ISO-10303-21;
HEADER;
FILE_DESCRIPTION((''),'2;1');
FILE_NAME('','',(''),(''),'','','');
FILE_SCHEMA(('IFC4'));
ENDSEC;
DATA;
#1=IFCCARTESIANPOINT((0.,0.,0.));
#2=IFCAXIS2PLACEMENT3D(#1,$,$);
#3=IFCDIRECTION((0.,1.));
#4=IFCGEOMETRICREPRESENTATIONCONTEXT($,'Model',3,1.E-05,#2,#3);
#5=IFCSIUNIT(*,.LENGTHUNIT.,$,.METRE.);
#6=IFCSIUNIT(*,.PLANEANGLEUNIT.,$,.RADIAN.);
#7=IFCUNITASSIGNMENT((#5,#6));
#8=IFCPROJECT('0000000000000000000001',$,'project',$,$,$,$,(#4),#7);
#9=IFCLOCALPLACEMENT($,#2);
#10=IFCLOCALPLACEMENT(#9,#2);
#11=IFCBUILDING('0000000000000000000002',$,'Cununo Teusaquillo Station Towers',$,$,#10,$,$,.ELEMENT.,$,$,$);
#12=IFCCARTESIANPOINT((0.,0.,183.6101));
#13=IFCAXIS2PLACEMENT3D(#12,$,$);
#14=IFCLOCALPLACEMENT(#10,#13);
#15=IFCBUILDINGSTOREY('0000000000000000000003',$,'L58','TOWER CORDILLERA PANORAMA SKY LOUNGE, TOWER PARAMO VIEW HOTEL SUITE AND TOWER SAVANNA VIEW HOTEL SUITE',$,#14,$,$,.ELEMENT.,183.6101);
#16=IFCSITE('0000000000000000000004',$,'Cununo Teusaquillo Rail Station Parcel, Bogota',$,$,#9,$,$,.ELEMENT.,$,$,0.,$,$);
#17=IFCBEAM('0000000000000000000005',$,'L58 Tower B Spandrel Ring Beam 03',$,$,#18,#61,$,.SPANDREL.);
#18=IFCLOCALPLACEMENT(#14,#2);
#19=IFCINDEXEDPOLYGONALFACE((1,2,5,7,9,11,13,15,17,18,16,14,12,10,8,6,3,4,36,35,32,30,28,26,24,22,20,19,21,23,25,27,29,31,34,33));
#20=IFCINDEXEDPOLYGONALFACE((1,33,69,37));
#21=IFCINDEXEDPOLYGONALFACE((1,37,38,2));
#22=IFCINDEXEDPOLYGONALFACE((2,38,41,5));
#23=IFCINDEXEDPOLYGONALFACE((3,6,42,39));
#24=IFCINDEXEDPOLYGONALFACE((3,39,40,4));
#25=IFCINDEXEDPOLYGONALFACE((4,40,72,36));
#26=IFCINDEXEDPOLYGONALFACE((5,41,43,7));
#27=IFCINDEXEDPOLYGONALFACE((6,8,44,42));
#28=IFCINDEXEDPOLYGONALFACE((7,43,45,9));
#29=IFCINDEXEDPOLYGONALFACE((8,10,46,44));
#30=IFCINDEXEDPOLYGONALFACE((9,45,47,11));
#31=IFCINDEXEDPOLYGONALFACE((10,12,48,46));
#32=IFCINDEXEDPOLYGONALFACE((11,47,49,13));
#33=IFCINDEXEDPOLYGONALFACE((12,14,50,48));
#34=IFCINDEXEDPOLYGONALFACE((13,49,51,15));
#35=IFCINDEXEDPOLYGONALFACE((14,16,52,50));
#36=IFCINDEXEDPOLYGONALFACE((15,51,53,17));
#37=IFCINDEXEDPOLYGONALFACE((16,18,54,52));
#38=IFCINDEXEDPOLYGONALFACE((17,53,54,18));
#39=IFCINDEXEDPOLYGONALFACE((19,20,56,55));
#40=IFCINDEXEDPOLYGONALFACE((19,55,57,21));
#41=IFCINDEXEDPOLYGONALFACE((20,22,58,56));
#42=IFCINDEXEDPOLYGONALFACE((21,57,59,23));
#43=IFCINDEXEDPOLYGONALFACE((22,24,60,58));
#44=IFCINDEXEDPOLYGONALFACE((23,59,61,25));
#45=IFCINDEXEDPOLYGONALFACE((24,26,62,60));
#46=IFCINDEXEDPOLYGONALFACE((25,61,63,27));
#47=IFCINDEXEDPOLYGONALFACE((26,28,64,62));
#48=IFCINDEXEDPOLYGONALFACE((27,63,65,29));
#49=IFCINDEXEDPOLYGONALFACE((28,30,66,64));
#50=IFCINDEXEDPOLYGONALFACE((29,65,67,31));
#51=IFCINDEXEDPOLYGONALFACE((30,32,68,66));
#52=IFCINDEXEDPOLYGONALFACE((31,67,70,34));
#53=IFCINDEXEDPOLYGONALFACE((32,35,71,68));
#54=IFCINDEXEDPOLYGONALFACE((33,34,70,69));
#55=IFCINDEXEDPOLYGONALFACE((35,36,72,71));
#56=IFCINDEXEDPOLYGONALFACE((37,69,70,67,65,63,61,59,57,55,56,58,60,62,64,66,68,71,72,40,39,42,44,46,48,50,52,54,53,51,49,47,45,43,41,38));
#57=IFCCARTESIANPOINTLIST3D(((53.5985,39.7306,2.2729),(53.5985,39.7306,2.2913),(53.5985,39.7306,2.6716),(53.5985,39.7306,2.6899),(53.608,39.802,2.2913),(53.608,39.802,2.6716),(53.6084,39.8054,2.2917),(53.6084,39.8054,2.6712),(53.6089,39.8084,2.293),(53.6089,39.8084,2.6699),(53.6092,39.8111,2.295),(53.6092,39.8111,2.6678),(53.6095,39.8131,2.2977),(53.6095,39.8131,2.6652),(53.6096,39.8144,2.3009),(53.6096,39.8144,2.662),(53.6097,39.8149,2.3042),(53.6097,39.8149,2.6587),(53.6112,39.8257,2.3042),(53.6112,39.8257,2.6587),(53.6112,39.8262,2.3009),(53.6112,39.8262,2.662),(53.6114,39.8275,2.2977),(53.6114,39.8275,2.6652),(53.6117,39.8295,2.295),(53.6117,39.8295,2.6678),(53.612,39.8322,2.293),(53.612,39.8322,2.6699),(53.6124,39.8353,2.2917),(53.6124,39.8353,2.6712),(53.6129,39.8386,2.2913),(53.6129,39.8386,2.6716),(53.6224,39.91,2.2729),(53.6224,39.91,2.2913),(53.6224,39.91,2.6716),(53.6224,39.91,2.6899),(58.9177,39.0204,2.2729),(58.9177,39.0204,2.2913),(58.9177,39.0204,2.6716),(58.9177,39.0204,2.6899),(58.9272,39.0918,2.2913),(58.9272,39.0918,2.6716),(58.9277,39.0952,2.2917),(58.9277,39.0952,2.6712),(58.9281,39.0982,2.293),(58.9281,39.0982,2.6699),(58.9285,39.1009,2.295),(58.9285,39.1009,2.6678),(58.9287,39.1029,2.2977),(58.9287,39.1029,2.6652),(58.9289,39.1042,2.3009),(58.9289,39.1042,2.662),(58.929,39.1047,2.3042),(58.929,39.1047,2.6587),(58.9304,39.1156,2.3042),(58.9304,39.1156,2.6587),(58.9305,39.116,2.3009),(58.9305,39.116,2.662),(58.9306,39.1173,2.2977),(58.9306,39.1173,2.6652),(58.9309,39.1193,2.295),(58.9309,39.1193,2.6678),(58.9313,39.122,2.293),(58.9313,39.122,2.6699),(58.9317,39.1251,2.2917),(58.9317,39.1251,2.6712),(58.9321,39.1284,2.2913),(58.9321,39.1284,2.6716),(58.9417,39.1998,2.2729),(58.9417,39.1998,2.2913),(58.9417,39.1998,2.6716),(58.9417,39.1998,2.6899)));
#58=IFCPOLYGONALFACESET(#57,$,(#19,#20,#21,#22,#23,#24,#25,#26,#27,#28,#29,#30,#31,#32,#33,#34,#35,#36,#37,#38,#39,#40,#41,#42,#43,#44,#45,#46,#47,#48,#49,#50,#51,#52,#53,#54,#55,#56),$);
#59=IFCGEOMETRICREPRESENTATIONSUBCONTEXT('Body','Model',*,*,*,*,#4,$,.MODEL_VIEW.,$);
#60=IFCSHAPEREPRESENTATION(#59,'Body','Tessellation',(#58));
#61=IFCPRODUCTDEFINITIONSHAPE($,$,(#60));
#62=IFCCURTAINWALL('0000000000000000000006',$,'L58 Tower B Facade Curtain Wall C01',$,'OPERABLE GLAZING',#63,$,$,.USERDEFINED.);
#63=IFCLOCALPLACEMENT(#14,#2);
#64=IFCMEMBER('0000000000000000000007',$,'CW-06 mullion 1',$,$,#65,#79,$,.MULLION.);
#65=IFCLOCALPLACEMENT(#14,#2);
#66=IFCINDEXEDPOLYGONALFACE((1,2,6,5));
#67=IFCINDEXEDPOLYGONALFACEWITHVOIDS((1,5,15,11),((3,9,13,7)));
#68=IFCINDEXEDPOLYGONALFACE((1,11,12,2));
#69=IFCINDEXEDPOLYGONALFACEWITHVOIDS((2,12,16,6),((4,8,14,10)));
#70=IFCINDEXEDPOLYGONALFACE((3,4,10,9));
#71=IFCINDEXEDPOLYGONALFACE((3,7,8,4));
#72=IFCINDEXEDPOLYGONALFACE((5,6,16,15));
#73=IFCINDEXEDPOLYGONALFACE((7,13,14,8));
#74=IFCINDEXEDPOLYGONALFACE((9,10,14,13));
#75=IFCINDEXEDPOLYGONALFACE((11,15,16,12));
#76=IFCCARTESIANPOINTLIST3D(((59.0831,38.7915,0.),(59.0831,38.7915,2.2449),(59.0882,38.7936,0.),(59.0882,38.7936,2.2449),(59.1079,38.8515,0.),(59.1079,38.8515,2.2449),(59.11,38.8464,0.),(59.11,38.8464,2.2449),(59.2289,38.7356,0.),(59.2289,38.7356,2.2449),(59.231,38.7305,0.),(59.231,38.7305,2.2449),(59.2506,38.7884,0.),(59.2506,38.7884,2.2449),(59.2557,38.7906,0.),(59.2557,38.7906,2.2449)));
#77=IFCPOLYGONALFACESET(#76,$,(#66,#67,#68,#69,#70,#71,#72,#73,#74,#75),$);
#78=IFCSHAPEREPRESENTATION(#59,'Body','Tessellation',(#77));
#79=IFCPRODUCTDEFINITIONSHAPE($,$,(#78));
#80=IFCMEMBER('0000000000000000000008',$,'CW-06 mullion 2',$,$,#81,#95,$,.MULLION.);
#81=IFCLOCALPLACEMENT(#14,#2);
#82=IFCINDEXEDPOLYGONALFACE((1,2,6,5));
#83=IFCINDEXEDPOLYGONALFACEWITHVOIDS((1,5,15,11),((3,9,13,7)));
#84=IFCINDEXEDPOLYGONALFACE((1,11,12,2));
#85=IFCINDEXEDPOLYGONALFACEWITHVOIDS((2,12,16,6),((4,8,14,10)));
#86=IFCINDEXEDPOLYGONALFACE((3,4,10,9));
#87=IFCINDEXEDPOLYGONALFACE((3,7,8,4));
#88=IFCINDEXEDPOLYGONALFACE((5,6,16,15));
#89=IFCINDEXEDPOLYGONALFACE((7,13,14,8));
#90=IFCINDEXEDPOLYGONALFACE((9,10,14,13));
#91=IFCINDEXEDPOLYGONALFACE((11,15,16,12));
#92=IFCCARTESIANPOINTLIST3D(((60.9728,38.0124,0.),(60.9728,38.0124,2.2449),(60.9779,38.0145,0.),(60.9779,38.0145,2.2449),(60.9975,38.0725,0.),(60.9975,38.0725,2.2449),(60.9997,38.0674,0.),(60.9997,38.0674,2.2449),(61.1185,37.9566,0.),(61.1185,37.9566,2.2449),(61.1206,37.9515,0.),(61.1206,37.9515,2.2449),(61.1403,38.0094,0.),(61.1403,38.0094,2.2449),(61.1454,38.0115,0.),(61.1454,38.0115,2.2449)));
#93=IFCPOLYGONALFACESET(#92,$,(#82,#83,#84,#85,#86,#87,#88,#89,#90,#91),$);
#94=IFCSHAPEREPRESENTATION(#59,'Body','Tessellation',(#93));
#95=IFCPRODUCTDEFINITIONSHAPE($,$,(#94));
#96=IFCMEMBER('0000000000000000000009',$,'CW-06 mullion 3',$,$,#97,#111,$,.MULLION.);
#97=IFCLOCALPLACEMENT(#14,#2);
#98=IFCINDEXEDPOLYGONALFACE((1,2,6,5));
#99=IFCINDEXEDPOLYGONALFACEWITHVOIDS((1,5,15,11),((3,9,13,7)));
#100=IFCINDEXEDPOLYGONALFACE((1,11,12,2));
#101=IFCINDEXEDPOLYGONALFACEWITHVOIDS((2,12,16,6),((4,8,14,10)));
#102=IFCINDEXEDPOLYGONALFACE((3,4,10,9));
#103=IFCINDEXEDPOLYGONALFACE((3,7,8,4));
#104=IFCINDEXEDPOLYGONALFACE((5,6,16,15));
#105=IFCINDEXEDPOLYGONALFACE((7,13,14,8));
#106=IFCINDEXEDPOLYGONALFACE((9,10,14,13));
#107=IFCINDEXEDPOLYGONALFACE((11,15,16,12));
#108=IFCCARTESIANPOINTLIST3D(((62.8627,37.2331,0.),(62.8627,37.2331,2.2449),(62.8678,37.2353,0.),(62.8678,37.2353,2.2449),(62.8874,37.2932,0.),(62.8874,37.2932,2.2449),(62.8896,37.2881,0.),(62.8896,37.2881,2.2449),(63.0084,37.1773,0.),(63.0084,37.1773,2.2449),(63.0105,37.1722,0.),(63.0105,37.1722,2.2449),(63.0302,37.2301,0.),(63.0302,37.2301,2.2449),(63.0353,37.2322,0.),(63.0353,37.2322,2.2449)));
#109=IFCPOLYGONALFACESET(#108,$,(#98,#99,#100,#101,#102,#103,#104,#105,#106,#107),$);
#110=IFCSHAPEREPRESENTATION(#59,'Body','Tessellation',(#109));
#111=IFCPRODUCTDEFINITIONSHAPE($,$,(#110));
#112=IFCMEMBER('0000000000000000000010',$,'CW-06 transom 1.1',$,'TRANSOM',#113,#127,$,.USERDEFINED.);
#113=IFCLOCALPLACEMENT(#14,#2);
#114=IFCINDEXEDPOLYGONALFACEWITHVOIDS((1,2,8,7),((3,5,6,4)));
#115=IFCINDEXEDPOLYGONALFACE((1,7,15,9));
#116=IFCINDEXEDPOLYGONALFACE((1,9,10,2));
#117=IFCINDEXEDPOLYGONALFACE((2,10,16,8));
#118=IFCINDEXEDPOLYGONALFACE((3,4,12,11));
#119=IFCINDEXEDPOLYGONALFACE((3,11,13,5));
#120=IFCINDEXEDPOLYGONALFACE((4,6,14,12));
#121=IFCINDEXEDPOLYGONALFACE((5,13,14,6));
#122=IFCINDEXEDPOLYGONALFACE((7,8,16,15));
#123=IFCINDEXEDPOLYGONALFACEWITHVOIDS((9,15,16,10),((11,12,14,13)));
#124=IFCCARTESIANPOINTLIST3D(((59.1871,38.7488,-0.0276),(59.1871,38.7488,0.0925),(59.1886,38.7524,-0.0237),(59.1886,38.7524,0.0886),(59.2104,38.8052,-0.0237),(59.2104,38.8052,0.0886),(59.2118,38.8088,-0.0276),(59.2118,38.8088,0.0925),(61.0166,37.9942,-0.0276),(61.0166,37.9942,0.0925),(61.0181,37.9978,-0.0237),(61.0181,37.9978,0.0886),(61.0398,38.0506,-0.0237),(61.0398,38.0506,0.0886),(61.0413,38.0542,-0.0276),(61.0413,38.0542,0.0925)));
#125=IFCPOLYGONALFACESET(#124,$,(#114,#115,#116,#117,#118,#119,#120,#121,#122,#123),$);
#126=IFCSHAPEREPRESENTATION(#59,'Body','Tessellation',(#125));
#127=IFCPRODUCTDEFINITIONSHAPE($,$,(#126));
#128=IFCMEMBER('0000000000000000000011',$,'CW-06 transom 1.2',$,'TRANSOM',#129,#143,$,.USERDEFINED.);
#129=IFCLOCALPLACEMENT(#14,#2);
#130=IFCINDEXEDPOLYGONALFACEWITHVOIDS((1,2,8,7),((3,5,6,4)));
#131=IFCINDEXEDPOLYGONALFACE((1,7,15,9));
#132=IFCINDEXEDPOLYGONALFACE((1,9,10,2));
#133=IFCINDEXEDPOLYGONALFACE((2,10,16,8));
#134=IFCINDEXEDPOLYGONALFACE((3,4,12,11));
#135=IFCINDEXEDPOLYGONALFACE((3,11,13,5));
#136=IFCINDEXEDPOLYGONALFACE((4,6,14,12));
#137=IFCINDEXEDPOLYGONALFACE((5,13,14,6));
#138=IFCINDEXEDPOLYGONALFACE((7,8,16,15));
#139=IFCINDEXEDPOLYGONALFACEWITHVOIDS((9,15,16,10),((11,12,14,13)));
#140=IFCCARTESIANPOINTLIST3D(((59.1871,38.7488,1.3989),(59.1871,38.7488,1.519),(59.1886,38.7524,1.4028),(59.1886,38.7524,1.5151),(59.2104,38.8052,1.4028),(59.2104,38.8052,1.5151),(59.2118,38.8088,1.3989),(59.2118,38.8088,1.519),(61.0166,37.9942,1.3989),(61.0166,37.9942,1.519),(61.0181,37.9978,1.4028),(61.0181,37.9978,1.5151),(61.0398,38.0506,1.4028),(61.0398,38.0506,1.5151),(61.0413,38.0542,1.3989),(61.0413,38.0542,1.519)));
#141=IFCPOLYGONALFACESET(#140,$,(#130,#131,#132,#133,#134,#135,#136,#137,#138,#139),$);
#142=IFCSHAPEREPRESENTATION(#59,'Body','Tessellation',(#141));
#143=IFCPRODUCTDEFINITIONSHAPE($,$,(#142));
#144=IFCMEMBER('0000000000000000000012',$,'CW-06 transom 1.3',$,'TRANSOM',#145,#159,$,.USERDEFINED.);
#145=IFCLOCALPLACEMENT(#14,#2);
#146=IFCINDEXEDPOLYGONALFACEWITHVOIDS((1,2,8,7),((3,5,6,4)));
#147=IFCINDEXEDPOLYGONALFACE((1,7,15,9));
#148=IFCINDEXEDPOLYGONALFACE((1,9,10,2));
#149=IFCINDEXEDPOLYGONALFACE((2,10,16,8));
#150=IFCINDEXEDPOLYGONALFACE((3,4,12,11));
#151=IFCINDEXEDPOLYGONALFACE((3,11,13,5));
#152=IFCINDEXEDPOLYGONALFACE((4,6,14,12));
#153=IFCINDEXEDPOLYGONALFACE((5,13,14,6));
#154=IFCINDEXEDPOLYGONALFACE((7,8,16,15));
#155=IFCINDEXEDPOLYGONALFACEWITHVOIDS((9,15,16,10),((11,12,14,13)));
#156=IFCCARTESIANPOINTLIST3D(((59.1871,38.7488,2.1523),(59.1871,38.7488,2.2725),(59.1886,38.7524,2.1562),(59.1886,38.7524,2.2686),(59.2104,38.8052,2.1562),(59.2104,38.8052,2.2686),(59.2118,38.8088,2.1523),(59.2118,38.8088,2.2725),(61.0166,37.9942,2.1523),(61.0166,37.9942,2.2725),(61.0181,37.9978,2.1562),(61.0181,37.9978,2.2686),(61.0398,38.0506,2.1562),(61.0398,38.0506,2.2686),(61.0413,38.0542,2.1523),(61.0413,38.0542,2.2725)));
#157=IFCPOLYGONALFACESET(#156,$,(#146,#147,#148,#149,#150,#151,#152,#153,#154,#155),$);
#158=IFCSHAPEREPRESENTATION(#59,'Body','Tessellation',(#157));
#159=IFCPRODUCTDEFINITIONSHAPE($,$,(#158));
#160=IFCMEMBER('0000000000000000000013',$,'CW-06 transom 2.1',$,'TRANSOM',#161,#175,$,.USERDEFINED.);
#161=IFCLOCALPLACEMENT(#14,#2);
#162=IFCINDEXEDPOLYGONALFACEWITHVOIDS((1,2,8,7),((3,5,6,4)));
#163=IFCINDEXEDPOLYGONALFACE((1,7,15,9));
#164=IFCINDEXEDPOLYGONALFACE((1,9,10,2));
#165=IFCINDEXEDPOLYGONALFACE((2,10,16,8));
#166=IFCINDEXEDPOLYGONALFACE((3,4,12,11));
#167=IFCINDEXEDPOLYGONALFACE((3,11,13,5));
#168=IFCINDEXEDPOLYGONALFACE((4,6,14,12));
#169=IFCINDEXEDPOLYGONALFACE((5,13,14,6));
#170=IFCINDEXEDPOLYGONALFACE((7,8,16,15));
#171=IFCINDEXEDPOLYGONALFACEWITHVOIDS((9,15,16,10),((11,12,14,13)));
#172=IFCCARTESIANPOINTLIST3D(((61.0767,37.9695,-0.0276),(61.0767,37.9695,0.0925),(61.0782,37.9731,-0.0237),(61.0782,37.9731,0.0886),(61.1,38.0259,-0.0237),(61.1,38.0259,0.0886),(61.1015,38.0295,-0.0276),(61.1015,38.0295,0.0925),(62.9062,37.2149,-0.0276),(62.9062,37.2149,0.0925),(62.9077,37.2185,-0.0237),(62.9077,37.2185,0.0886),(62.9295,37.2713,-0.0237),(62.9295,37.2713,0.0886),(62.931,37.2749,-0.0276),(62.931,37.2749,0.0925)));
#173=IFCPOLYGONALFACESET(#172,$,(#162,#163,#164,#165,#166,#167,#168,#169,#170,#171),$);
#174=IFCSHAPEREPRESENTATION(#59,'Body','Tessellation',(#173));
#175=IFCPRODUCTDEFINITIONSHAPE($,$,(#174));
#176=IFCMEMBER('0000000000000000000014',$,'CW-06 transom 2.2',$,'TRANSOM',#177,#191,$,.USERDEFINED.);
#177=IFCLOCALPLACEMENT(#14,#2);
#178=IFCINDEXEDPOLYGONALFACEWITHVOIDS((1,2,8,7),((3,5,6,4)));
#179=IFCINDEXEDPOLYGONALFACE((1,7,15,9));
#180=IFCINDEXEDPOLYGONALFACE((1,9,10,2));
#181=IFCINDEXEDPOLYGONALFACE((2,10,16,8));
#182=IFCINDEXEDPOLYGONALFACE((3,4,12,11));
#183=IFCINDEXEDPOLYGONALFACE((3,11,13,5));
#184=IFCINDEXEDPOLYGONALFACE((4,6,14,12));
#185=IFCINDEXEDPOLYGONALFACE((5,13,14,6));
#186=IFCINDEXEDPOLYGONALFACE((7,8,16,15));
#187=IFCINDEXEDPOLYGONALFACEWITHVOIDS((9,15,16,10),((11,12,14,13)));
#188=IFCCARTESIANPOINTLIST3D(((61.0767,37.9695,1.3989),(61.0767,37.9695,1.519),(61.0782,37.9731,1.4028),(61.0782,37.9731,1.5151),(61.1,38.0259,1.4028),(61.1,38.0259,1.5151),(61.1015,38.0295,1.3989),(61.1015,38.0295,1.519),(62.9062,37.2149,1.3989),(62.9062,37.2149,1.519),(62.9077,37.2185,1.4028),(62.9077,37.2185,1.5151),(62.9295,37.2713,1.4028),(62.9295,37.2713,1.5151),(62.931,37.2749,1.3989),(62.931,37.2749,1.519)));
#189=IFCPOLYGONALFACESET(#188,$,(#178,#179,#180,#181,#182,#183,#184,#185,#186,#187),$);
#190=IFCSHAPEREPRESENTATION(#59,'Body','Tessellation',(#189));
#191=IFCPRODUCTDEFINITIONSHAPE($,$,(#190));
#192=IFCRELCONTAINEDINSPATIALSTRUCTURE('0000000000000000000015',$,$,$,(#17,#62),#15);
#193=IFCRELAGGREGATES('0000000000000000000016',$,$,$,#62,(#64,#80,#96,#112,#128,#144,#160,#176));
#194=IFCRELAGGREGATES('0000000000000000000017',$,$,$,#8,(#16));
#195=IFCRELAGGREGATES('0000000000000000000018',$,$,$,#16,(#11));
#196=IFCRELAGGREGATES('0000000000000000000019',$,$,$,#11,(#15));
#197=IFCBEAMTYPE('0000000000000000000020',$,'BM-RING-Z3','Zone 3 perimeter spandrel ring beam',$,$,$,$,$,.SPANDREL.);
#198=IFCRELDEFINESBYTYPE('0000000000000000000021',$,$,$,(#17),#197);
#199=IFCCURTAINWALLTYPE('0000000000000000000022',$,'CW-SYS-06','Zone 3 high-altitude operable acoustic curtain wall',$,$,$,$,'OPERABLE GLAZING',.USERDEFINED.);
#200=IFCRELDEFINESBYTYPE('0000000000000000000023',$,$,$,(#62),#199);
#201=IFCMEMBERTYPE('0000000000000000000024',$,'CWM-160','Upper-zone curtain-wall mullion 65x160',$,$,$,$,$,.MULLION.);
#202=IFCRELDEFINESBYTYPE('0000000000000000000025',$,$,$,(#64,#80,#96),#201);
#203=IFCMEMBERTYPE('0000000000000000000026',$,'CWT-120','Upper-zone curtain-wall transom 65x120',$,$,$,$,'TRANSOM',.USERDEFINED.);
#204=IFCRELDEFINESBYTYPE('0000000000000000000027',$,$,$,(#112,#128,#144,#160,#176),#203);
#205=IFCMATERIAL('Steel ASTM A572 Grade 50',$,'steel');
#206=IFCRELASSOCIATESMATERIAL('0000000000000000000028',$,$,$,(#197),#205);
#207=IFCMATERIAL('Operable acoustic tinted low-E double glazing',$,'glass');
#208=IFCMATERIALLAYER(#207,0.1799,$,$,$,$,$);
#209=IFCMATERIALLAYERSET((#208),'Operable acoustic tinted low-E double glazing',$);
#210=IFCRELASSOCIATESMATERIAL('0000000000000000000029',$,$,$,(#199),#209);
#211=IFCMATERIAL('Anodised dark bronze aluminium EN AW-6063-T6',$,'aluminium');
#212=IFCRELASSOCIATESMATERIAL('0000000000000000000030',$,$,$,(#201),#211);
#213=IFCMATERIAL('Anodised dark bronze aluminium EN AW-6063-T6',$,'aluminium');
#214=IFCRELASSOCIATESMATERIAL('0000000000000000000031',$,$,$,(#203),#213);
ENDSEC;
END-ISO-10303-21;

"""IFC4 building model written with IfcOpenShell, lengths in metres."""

from ifc_helpers import new_model, si_unit, direction, frame, origin, origin_2d, place, context, subcontext, project, spatial, hollow_rectangle, i_section, extrude, material, layer, layer_set, material_profile, profile_set, type_object, element, aggregate, save


model = new_model("IFC4")

# Units and contexts
model_context = context("Model", 3, precision=1e-05, world=origin(), true_north=direction((0.0, 1.0)))
body_context = subcontext(model_context, "Body", "Model", "MODEL_VIEW")
ifc_project = project(units=[si_unit("LENGTHUNIT", "METRE"), si_unit("PLANEANGLEUNIT", "RADIAN")], contexts=[model_context])

# Site, building, storey
site_placement = place(None, origin())
site = spatial("IfcSite", under=ifc_project, at=site_placement, Name="Cununo Teusaquillo Rail Station Parcel, Bogota", CompositionType="ELEMENT", RefElevation=0.0)
building_placement = place(site_placement, origin())
building = spatial("IfcBuilding", under=site, at=building_placement, Name="Cununo Teusaquillo Station Towers", CompositionType="ELEMENT")
storey_placement = place(building_placement, frame((0.0, 0.0, 183.6101)))
storey = spatial("IfcBuildingStorey", under=building, at=storey_placement, Name="L58", Description="TOWER CORDILLERA PANORAMA SKY LOUNGE, TOWER PARAMO VIEW HOTEL SUITE AND TOWER SAVANNA VIEW HOTEL SUITE", CompositionType="ELEMENT", Elevation=183.6101)

# Beam
ifc_material_1 = material(Name="Steel ASTM A572 Grade 50", Category="steel")
ifc_material_profile_1 = material_profile(ifc_material_1, i_section(OverallWidth=0.1809, OverallDepth=0.417, WebThickness=0.011, FlangeThickness=0.0183, FilletRadius=0.0129, at=origin_2d()), Name="W16X57")
ifc_profile_set_1 = profile_set([ifc_material_profile_1], Name="Steel ASTM A572 Grade 50")
beam_type_1 = type_object("IfcBeamType", Name="BM-RING-Z3", Description="Zone 3 perimeter spandrel ring beam", PredefinedType="SPANDREL", material=ifc_profile_set_1)
beam_1_placement = place(storey_placement, frame((58.9297, 39.1101, 2.4814), z_axis=(-0.991204, 0.13234, 0.0), x_axis=(-0.13234, -0.991204, 0.0)))
element("IfcBeam", 1, at=beam_1_placement, inside=storey, type_object=beam_type_1, Name="L58 Tower B Spandrel Ring Beam 03", PredefinedType="SPANDREL", context=body_context, shape_type="SweptSolid", body=[
    extrude(i_section(OverallWidth=0.1809, OverallDepth=0.417, WebThickness=0.011, FlangeThickness=0.0183, FilletRadius=0.0129, at=origin_2d()), origin(), (0.0, 0.0, 1.0), 5.3665),
])

# Curtain wall, members
ifc_material_2 = material(Name="Operable acoustic tinted low-E double glazing", Category="glass")
ifc_layer_1 = layer(ifc_material_2, 0.1799)
ifc_layer_set_1 = layer_set([ifc_layer_1], Name="Operable acoustic tinted low-E double glazing")
curtain_wall_type = type_object("IfcCurtainWallType", Name="CW-SYS-06", Description="Zone 3 high-altitude operable acoustic curtain wall", ElementType="OPERABLE GLAZING", PredefinedType="USERDEFINED", material=ifc_layer_set_1)
curtain_wall_placement = place(storey_placement, origin())
curtain_wall = element("IfcCurtainWall", 2, at=curtain_wall_placement, inside=storey, type_object=curtain_wall_type, Name="L58 Tower B Facade Curtain Wall C01", ObjectType="OPERABLE GLAZING", PredefinedType="USERDEFINED")
ifc_material_3 = material(Name="Anodised dark bronze aluminium EN AW-6063-T6", Category="aluminium")
ifc_material_profile_2 = material_profile(ifc_material_3, hollow_rectangle(XDim=0.0649, YDim=0.1599, WallThickness=0.0039, at=origin_2d()), Name="CW-MULL-65x160")
ifc_profile_set_2 = profile_set([ifc_material_profile_2], Name="Anodised dark bronze aluminium EN AW-6063-T6")
member_type_1 = type_object("IfcMemberType", Name="CWM-160", Description="Upper-zone curtain-wall mullion 65x160", PredefinedType="MULLION", material=ifc_profile_set_2)
member_1_placement = place(storey_placement, frame((59.1694, 38.791, 0.0), z_axis=(0.0, 0.0, 1.0), x_axis=(0.381229, 0.924481, 0.0)))
member_1 = element("IfcMember", 3, at=member_1_placement, type_object=member_type_1, Name="CW-06 mullion 1", PredefinedType="MULLION", context=body_context, shape_type="SweptSolid", body=[
    extrude(hollow_rectangle(XDim=0.0649, YDim=0.1599, WallThickness=0.0039, at=origin_2d()), origin(), (0.0, 0.0, 1.0), 2.2449),
])
member_2_placement = place(storey_placement, frame((61.0591, 38.012, 0.0), z_axis=(0.0, 0.0, 1.0), x_axis=(0.381229, 0.924481, 0.0)))
member_2 = element("IfcMember", 4, at=member_2_placement, type_object=member_type_1, Name="CW-06 mullion 2", PredefinedType="MULLION", context=body_context, shape_type="SweptSolid", body=[
    extrude(hollow_rectangle(XDim=0.0649, YDim=0.1599, WallThickness=0.0039, at=origin_2d()), origin(), (0.0, 0.0, 1.0), 2.2449),
])
member_3_placement = place(storey_placement, frame((62.949, 37.2327, 0.0), z_axis=(0.0, 0.0, 1.0), x_axis=(0.381229, 0.924481, 0.0)))
member_3 = element("IfcMember", 5, at=member_3_placement, type_object=member_type_1, Name="CW-06 mullion 3", PredefinedType="MULLION", context=body_context, shape_type="SweptSolid", body=[
    extrude(hollow_rectangle(XDim=0.0649, YDim=0.1599, WallThickness=0.0039, at=origin_2d()), origin(), (0.0, 0.0, 1.0), 2.2449),
])
ifc_material_4 = material(Name="Anodised dark bronze aluminium EN AW-6063-T6", Category="aluminium")
ifc_material_profile_3 = material_profile(ifc_material_4, hollow_rectangle(XDim=0.0649, YDim=0.1201, WallThickness=0.0039, at=origin_2d()), Name="CW-TRAN-65x120")
ifc_profile_set_3 = profile_set([ifc_material_profile_3], Name="Anodised dark bronze aluminium EN AW-6063-T6")
member_type_2 = type_object("IfcMemberType", Name="CWT-120", Description="Upper-zone curtain-wall transom 65x120", ElementType="TRANSOM", PredefinedType="USERDEFINED", material=ifc_profile_set_3)
member_4_placement = place(storey_placement, frame((59.1995, 38.7788, 0.0325), z_axis=(0.924451, -0.381302, 0.0), x_axis=(0.381302, 0.924451, 0.0)))
member_4 = element("IfcMember", 6, at=member_4_placement, type_object=member_type_2, Name="CW-06 transom 1.1", ObjectType="TRANSOM", PredefinedType="USERDEFINED", context=body_context, shape_type="SweptSolid", body=[
    extrude(hollow_rectangle(XDim=0.0649, YDim=0.1201, WallThickness=0.0039, at=origin_2d()), origin(), (0.0, 0.0, 1.0), 1.979),
])
member_5_placement = place(storey_placement, frame((59.1995, 38.7788, 1.459), z_axis=(0.924451, -0.381302, 0.0), x_axis=(0.381302, 0.924451, 0.0)))
member_5 = element("IfcMember", 7, at=member_5_placement, type_object=member_type_2, Name="CW-06 transom 1.2", ObjectType="TRANSOM", PredefinedType="USERDEFINED", context=body_context, shape_type="SweptSolid", body=[
    extrude(hollow_rectangle(XDim=0.0649, YDim=0.1201, WallThickness=0.0039, at=origin_2d()), origin(), (0.0, 0.0, 1.0), 1.979),
])
member_6_placement = place(storey_placement, frame((59.1995, 38.7788, 2.2124), z_axis=(0.924451, -0.381302, 0.0), x_axis=(0.381302, 0.924451, 0.0)))
member_6 = element("IfcMember", 8, at=member_6_placement, type_object=member_type_2, Name="CW-06 transom 1.3", ObjectType="TRANSOM", PredefinedType="USERDEFINED", context=body_context, shape_type="SweptSolid", body=[
    extrude(hollow_rectangle(XDim=0.0649, YDim=0.1201, WallThickness=0.0039, at=origin_2d()), origin(), (0.0, 0.0, 1.0), 1.979),
])
member_7_placement = place(storey_placement, frame((61.0891, 37.9995, 0.0325), z_axis=(0.924451, -0.381302, 0.0), x_axis=(0.381302, 0.924451, 0.0)))
member_7 = element("IfcMember", 9, at=member_7_placement, type_object=member_type_2, Name="CW-06 transom 2.1", ObjectType="TRANSOM", PredefinedType="USERDEFINED", context=body_context, shape_type="SweptSolid", body=[
    extrude(hollow_rectangle(XDim=0.0649, YDim=0.1201, WallThickness=0.0039, at=origin_2d()), origin(), (0.0, 0.0, 1.0), 1.979),
])
member_8_placement = place(storey_placement, frame((61.0891, 37.9995, 1.459), z_axis=(0.924451, -0.381302, 0.0), x_axis=(0.381302, 0.924451, 0.0)))
member_8 = element("IfcMember", 10, at=member_8_placement, type_object=member_type_2, Name="CW-06 transom 2.2", ObjectType="TRANSOM", PredefinedType="USERDEFINED", context=body_context, shape_type="SweptSolid", body=[
    extrude(hollow_rectangle(XDim=0.0649, YDim=0.1201, WallThickness=0.0039, at=origin_2d()), origin(), (0.0, 0.0, 1.0), 1.979),
])

aggregate(curtain_wall, [member_1, member_2, member_3, member_4, member_5, member_6, member_7, member_8])

save(model, "model.ifc")
